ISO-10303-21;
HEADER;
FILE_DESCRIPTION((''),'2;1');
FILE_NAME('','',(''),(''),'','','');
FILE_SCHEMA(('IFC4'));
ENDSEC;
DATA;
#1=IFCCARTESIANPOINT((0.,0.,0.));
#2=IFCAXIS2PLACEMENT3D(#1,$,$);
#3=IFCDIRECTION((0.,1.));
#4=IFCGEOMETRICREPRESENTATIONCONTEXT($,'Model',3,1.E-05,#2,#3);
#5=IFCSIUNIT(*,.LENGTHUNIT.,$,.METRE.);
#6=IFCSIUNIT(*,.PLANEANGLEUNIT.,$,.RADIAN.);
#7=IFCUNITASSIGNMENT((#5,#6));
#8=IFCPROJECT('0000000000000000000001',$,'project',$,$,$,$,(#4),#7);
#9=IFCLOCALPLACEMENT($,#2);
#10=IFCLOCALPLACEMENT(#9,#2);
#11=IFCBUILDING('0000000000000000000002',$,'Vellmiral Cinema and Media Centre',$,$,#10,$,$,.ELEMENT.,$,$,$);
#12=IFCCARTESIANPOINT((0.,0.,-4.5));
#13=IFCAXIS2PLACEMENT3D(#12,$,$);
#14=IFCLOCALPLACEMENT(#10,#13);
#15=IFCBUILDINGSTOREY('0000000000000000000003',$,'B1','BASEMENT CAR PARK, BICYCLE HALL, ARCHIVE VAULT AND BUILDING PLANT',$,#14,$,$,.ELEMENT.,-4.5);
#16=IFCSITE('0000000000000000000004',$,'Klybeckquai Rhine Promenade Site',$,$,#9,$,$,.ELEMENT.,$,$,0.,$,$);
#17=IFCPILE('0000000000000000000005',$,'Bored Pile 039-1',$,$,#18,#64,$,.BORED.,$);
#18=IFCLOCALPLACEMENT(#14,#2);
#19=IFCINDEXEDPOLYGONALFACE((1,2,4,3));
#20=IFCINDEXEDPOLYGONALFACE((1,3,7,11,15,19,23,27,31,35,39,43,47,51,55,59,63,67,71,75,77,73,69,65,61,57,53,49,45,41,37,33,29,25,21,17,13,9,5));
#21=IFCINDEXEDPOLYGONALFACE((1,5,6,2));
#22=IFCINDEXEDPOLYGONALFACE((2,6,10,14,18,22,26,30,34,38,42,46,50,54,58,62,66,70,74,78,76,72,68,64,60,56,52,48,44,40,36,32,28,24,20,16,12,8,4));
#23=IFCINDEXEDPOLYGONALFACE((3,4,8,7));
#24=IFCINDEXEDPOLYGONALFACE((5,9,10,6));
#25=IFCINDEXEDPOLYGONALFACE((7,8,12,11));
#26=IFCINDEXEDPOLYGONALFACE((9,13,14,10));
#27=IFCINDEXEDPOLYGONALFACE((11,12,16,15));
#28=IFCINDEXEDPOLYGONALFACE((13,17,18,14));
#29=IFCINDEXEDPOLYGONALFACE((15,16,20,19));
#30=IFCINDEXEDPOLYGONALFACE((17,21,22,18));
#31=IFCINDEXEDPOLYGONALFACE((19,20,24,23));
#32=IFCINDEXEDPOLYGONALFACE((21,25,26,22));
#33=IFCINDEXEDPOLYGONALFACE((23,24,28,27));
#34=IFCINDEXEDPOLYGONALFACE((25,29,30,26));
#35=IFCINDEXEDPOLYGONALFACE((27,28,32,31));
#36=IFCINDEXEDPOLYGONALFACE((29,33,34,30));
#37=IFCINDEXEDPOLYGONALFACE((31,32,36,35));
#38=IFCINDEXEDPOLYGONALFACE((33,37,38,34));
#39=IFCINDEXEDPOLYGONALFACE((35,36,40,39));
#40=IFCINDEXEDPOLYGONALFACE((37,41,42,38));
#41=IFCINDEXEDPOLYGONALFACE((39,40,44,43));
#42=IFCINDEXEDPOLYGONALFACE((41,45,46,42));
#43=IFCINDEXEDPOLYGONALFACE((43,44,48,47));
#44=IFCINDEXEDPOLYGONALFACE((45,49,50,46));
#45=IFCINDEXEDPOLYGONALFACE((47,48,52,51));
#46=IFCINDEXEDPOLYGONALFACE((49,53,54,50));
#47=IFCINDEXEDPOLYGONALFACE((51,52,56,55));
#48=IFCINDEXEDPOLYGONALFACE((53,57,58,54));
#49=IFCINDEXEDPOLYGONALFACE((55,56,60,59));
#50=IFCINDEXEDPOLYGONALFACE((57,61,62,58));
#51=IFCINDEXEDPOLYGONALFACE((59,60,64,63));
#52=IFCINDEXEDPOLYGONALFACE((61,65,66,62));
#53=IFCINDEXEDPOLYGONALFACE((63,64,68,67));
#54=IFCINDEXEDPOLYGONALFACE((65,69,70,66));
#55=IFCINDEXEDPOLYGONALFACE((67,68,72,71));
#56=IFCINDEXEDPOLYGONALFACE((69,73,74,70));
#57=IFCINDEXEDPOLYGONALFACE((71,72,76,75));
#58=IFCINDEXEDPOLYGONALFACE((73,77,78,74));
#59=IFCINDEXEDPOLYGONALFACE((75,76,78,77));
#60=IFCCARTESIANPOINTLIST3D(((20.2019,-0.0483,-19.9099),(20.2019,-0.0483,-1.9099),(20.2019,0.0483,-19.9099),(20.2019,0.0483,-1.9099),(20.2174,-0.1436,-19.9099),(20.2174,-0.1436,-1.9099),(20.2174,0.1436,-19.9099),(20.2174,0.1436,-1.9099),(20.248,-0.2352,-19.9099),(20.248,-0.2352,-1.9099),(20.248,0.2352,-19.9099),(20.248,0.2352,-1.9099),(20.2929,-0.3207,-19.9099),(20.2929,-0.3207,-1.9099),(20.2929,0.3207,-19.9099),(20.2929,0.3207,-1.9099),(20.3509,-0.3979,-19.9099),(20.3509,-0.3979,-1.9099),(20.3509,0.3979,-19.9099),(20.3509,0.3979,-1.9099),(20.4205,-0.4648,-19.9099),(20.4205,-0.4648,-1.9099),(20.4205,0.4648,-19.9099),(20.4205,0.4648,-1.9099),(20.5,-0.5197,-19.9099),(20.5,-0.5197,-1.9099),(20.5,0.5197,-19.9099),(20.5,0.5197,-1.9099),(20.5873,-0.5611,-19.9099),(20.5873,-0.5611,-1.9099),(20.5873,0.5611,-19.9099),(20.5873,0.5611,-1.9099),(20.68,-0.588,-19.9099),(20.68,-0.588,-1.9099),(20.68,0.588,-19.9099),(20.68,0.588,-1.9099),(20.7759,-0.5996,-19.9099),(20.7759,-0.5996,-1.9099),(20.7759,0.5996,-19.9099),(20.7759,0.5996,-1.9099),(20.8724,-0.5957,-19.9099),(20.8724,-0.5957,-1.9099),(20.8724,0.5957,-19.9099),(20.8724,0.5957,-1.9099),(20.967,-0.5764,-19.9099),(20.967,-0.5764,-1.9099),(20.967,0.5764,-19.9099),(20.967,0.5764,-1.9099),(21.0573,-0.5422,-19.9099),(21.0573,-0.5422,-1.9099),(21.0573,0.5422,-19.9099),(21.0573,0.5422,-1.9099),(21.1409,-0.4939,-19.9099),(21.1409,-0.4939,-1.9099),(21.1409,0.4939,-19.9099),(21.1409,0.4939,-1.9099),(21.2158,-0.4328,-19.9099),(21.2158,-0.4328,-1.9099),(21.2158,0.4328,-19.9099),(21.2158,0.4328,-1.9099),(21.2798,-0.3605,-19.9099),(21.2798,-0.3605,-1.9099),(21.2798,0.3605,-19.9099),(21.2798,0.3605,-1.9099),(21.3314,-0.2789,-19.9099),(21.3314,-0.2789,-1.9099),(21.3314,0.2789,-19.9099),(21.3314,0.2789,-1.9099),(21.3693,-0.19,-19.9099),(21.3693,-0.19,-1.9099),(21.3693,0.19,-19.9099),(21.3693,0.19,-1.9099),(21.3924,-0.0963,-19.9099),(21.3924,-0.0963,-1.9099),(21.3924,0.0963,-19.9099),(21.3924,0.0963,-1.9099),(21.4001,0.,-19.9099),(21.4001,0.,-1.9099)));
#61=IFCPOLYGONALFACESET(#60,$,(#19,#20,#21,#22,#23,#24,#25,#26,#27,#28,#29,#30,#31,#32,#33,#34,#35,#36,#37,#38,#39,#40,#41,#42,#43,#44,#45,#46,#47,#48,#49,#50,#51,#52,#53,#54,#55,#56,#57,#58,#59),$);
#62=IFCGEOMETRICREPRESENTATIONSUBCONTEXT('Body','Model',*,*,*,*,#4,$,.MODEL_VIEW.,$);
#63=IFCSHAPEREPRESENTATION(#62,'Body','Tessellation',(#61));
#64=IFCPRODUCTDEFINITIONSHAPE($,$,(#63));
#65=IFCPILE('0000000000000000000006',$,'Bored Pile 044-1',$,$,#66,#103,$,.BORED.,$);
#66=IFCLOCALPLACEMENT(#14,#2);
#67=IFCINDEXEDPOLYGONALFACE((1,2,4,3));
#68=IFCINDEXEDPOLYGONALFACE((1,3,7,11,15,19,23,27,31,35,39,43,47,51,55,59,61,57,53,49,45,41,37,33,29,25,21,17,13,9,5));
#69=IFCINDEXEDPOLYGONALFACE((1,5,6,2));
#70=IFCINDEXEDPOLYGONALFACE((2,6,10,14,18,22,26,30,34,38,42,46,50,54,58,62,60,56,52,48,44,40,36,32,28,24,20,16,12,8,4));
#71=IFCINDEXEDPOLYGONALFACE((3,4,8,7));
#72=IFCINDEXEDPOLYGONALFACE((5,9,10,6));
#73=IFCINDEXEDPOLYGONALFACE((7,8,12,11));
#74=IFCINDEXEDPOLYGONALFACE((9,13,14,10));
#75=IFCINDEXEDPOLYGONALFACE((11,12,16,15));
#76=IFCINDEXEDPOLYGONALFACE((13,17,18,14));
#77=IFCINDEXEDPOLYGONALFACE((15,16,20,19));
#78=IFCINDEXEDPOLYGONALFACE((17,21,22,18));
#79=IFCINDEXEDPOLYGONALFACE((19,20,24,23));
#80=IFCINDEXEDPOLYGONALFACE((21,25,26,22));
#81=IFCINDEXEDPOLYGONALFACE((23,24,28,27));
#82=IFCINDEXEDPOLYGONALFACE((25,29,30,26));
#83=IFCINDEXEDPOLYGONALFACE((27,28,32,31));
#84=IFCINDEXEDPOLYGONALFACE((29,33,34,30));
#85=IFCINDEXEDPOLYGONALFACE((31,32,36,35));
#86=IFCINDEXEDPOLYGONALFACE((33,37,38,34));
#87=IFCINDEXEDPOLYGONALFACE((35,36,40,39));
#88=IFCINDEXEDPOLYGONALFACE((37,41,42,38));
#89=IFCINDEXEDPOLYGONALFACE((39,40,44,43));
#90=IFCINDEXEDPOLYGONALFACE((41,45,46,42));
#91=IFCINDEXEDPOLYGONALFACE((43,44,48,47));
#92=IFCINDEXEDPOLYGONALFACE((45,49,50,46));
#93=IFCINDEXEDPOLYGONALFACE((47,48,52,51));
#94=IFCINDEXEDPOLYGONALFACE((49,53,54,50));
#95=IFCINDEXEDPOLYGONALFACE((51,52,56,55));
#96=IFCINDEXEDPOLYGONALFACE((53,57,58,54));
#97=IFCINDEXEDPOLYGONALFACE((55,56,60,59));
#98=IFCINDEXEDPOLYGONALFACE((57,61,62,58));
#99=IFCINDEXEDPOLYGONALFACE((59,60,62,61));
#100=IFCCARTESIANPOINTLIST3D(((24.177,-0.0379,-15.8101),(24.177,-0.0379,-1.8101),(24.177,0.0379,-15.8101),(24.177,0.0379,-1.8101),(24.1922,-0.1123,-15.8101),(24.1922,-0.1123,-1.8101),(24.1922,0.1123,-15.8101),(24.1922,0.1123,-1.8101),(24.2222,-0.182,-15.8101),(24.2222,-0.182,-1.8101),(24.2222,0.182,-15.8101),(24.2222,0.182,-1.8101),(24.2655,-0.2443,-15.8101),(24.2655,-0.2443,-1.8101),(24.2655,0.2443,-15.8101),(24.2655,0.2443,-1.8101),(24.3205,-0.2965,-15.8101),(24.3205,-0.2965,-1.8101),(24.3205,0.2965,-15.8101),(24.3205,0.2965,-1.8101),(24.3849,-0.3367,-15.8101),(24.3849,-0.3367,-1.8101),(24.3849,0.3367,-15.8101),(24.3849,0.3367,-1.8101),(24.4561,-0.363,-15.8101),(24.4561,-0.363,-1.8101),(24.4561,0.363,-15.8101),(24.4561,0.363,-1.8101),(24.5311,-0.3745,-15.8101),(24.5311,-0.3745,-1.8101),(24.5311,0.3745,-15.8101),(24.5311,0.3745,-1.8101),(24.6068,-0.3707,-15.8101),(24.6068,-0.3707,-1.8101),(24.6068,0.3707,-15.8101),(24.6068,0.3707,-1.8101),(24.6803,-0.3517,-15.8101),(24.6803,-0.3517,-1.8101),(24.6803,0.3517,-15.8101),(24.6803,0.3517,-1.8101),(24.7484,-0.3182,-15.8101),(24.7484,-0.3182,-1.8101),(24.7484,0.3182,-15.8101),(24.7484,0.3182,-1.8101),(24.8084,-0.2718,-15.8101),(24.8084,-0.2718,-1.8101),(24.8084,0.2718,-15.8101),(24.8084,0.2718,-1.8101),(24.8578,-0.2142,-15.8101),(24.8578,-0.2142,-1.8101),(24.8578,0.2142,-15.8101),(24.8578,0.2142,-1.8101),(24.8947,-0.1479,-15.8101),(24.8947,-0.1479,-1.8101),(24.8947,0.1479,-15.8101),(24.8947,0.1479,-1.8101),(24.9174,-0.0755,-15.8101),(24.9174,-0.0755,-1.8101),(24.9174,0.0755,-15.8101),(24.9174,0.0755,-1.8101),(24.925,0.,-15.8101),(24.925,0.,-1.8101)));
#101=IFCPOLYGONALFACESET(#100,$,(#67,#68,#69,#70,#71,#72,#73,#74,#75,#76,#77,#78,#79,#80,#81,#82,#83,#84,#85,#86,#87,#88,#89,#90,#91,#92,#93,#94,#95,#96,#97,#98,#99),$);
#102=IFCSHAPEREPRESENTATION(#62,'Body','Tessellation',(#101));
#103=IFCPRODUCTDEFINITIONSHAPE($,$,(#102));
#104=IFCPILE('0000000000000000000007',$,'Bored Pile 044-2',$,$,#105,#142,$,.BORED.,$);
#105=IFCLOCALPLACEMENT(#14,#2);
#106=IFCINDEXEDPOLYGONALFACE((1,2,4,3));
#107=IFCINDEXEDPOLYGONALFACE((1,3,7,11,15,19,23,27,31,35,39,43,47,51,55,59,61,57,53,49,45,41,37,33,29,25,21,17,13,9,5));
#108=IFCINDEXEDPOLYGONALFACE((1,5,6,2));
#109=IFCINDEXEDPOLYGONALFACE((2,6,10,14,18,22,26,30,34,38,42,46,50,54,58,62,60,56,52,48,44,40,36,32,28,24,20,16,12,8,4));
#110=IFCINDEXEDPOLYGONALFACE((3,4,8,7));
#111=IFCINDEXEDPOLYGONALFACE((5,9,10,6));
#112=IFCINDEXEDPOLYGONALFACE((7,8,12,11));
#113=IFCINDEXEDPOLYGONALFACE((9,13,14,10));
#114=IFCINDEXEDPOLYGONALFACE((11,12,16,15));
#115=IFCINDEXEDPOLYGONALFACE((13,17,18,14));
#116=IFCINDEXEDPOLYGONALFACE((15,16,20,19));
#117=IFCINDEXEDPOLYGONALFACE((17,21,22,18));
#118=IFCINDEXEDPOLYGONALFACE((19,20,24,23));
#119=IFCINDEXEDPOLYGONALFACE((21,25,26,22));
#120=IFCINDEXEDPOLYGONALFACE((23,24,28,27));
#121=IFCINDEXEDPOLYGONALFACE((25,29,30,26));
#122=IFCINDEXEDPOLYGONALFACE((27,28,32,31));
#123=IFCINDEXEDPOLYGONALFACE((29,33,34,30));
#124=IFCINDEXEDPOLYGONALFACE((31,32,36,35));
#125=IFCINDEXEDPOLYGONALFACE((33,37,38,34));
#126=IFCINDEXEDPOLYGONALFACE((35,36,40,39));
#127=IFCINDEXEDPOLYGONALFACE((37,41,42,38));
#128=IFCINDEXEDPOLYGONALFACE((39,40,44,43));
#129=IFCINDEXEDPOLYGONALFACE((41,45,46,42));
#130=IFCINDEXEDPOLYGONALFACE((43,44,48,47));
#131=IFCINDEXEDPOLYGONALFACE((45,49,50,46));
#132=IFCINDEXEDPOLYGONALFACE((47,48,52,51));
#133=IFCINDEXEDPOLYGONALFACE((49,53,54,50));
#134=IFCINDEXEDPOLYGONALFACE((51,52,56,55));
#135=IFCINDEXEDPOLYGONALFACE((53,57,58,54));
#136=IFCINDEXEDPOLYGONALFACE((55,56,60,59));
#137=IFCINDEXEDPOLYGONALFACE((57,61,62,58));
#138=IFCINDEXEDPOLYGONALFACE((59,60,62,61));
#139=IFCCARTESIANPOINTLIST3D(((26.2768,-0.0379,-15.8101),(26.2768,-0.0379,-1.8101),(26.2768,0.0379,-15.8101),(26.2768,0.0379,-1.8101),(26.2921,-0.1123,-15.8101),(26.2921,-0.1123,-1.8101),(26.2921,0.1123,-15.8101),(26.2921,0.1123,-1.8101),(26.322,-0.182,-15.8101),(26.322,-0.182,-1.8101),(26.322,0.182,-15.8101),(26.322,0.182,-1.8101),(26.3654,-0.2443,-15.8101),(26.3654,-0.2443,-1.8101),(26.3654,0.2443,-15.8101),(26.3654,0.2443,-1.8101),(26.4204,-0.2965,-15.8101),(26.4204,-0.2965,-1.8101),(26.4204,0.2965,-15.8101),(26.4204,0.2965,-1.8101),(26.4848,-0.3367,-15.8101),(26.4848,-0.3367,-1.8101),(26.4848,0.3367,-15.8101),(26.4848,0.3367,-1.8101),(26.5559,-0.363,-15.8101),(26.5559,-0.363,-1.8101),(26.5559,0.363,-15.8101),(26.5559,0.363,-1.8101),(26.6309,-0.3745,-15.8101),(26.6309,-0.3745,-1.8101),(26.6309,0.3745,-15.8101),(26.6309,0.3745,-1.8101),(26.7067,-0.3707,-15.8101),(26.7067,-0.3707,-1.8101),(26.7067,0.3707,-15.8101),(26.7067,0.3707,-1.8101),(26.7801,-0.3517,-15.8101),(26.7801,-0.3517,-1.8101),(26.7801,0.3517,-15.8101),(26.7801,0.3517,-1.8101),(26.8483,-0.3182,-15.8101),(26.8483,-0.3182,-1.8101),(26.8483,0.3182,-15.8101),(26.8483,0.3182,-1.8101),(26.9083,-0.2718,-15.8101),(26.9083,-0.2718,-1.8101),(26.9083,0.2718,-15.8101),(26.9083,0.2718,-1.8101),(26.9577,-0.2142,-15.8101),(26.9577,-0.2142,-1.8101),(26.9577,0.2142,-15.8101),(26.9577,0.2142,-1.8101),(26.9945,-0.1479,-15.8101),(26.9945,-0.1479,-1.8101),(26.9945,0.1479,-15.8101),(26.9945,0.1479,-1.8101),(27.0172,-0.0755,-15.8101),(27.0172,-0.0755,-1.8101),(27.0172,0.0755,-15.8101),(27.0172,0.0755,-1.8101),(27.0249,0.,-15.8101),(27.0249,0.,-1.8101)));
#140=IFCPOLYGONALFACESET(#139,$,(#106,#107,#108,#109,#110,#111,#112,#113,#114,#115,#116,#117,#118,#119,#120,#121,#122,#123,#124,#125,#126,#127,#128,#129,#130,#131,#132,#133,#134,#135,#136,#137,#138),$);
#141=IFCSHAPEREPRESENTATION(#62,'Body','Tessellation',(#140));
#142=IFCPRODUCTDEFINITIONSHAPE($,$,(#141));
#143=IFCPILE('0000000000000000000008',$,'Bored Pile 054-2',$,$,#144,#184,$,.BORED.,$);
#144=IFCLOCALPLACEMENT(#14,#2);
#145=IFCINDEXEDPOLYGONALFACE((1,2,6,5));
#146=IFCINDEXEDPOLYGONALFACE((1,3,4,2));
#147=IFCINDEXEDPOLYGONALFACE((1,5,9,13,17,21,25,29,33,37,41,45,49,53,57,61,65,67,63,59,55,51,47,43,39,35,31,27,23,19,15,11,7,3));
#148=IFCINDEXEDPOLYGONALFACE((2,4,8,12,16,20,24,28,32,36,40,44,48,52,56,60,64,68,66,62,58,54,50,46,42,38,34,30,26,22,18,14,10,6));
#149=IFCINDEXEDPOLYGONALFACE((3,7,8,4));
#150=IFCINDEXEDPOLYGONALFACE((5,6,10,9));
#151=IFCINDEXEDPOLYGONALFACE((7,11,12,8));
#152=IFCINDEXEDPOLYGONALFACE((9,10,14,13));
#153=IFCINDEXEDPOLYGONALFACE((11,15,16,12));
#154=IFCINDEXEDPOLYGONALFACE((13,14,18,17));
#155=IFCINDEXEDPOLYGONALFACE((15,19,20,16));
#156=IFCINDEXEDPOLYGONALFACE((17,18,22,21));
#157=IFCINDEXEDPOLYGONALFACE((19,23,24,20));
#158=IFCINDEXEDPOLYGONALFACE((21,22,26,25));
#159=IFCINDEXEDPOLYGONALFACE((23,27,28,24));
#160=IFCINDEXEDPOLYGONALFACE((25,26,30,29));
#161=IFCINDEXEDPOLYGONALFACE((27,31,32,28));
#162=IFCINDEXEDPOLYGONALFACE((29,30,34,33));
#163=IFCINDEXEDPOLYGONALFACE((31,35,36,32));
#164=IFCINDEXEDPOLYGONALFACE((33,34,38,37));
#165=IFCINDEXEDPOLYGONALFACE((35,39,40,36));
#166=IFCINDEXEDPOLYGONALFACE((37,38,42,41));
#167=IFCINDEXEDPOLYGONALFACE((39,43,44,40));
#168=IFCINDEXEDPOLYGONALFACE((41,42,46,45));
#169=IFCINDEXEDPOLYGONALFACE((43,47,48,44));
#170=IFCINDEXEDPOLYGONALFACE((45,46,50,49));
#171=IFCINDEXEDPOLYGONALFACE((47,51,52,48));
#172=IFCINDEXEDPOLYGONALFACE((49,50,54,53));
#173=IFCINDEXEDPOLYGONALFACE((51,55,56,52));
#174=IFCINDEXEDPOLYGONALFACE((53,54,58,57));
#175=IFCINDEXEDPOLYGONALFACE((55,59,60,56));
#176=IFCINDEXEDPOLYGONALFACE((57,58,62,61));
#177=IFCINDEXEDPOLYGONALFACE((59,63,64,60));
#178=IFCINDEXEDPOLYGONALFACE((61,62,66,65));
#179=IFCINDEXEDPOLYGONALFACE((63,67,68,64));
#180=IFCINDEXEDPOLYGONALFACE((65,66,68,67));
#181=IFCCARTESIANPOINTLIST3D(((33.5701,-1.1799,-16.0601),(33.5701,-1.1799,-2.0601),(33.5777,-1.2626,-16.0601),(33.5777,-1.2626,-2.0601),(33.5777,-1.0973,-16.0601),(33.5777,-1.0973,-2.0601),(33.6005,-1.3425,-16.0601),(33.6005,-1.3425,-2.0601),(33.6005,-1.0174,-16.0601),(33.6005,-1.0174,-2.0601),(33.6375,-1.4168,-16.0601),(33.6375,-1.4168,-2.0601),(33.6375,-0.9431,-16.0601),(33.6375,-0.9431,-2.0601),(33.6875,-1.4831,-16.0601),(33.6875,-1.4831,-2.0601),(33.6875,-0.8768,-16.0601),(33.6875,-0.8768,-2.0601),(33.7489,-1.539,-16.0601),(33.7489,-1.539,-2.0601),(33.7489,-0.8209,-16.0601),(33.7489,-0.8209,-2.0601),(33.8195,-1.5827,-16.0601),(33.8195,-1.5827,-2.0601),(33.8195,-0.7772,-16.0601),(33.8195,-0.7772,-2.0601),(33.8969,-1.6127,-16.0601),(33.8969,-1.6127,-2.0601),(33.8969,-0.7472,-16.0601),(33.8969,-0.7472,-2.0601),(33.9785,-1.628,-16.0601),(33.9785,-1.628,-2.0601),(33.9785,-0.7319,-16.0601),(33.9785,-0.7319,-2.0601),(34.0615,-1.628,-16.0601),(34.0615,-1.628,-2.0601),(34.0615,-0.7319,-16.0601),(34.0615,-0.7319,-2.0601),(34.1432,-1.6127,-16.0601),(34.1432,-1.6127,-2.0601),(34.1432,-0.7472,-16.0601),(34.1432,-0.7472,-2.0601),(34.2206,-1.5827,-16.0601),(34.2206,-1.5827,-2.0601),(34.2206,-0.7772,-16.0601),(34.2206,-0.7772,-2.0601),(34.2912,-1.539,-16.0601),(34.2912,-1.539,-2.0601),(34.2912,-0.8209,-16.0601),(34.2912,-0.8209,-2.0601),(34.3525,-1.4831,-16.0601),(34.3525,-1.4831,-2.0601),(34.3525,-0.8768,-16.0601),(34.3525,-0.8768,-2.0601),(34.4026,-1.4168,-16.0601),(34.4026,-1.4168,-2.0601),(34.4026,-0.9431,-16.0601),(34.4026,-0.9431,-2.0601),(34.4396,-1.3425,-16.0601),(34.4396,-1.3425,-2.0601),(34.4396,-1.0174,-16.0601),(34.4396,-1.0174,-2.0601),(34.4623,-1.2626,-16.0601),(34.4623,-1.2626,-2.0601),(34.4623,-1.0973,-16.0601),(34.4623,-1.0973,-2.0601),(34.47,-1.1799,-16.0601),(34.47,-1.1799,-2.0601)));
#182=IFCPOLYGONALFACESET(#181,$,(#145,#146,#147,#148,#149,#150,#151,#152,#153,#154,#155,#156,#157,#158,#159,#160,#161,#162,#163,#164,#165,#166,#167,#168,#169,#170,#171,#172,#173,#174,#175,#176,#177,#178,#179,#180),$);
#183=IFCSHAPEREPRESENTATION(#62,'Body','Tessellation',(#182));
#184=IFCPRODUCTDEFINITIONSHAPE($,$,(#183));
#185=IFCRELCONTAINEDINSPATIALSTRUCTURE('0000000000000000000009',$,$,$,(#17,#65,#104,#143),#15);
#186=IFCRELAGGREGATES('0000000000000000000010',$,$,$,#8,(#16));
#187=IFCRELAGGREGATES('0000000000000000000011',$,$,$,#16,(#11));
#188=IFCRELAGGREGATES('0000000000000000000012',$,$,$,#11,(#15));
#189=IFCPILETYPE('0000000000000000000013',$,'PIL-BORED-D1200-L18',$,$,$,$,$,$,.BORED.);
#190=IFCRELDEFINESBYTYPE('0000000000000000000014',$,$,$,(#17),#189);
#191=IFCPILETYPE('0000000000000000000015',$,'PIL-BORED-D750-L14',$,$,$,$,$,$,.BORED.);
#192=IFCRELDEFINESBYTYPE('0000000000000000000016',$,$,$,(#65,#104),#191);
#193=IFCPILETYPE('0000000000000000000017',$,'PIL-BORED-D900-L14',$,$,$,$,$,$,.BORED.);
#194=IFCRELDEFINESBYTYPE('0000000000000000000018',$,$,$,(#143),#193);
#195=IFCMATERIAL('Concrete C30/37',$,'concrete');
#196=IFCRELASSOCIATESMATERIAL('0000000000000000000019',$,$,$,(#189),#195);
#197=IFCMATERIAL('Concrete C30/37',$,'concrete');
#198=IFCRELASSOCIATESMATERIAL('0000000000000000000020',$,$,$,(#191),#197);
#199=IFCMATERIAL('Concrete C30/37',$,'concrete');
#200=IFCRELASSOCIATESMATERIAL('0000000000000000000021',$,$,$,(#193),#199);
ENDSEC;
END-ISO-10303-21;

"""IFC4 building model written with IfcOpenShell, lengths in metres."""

from ifc_helpers import new_model, si_unit, direction, frame, origin, origin_2d, place, context, subcontext, project, spatial, circle, extrude, material, material_profile, profile_set, type_object, element, save


model = new_model("IFC4")

# Units and contexts
model_context = context("Model", 3, precision=1e-05, world=origin(), true_north=direction((0.0, 1.0)))
body_context = subcontext(model_context, "Body", "Model", "MODEL_VIEW")
ifc_project = project(units=[si_unit("LENGTHUNIT", "METRE"), si_unit("PLANEANGLEUNIT", "RADIAN")], contexts=[model_context])

# Site, building, storey
site_placement = place(None, origin())
site = spatial("IfcSite", under=ifc_project, at=site_placement, Name="Klybeckquai Rhine Promenade Site", CompositionType="ELEMENT", RefElevation=0.0)
building_placement = place(site_placement, origin())
building = spatial("IfcBuilding", under=site, at=building_placement, Name="Vellmiral Cinema and Media Centre", CompositionType="ELEMENT")
storey_placement = place(building_placement, frame((0.0, 0.0, -4.5)))
storey = spatial("IfcBuildingStorey", under=building, at=storey_placement, Name="B1", Description="BASEMENT CAR PARK, BICYCLE HALL, ARCHIVE VAULT AND BUILDING PLANT", CompositionType="ELEMENT", Elevation=-4.5)

# Piles
ifc_material_1 = material(Name="Concrete C30/37", Category="concrete")
ifc_material_profile_1 = material_profile(ifc_material_1, circle(Radius=0.6001, at=origin_2d()), Name="PILE D1200")
ifc_profile_set_1 = profile_set([ifc_material_profile_1], Name="Concrete C30/37")
pile_type_1 = type_object("IfcPileType", Name="PIL-BORED-D1200-L18", PredefinedType="BORED", material=ifc_profile_set_1)
pile_1_placement = place(storey_placement, frame((20.8, 0.0, -1.9099), z_axis=(0.0, 0.0, -1.0), x_axis=(1.0, 0.0, 0.0)))
element("IfcPile", 1, at=pile_1_placement, inside=storey, type_object=pile_type_1, Name="Bored Pile 039-1", PredefinedType="BORED", context=body_context, shape_type="SweptSolid", body=[
    extrude(circle(Radius=0.6001, at=origin_2d()), origin(), (0.0, 0.0, 1.0), 18.0),
])
ifc_material_2 = material(Name="Concrete C30/37", Category="concrete")
ifc_material_profile_2 = material_profile(ifc_material_2, circle(Radius=0.375, at=origin_2d()), Name="PILE D750")
ifc_profile_set_2 = profile_set([ifc_material_profile_2], Name="Concrete C30/37")
pile_type_2 = type_object("IfcPileType", Name="PIL-BORED-D750-L14", PredefinedType="BORED", material=ifc_profile_set_2)
for number, where, z_axis, x_axis, name in (
    (2, (24.55, 0.0, -1.8101), (0.0, 0.0, -1.0), (1.0, 0.0, 0.0), "Bored Pile 044-1"),
    (3, (26.6499, 0.0, -1.8101), (0.0, 0.0, -1.0), (1.0, 0.0, 0.0), "Bored Pile 044-2"),
):
    element("IfcPile", number, at=place(storey_placement, frame(where, z_axis=z_axis, x_axis=x_axis)), inside=storey, type_object=pile_type_2, Name=name, PredefinedType="BORED", context=body_context, shape_type="SweptSolid", body=[
        extrude(circle(Radius=0.375, at=origin_2d()), origin(), (0.0, 0.0, 1.0), 14.0),
    ])
ifc_material_3 = material(Name="Concrete C30/37", Category="concrete")
ifc_material_profile_3 = material_profile(ifc_material_3, circle(Radius=0.45, at=origin_2d()), Name="PILE D900")
ifc_profile_set_3 = profile_set([ifc_material_profile_3], Name="Concrete C30/37")
pile_type_3 = type_object("IfcPileType", Name="PIL-BORED-D900-L14", PredefinedType="BORED", material=ifc_profile_set_3)
pile_2_placement = place(storey_placement, frame((34.02, -1.1799, -2.0601), z_axis=(0.0, 0.0, -1.0), x_axis=(1.0, 0.0, 0.0)))
element("IfcPile", 4, at=pile_2_placement, inside=storey, type_object=pile_type_3, Name="Bored Pile 054-2", PredefinedType="BORED", context=body_context, shape_type="SweptSolid", body=[
    extrude(circle(Radius=0.45, at=origin_2d()), origin(), (0.0, 0.0, 1.0), 14.0),
])

save(model, "model.ifc")
